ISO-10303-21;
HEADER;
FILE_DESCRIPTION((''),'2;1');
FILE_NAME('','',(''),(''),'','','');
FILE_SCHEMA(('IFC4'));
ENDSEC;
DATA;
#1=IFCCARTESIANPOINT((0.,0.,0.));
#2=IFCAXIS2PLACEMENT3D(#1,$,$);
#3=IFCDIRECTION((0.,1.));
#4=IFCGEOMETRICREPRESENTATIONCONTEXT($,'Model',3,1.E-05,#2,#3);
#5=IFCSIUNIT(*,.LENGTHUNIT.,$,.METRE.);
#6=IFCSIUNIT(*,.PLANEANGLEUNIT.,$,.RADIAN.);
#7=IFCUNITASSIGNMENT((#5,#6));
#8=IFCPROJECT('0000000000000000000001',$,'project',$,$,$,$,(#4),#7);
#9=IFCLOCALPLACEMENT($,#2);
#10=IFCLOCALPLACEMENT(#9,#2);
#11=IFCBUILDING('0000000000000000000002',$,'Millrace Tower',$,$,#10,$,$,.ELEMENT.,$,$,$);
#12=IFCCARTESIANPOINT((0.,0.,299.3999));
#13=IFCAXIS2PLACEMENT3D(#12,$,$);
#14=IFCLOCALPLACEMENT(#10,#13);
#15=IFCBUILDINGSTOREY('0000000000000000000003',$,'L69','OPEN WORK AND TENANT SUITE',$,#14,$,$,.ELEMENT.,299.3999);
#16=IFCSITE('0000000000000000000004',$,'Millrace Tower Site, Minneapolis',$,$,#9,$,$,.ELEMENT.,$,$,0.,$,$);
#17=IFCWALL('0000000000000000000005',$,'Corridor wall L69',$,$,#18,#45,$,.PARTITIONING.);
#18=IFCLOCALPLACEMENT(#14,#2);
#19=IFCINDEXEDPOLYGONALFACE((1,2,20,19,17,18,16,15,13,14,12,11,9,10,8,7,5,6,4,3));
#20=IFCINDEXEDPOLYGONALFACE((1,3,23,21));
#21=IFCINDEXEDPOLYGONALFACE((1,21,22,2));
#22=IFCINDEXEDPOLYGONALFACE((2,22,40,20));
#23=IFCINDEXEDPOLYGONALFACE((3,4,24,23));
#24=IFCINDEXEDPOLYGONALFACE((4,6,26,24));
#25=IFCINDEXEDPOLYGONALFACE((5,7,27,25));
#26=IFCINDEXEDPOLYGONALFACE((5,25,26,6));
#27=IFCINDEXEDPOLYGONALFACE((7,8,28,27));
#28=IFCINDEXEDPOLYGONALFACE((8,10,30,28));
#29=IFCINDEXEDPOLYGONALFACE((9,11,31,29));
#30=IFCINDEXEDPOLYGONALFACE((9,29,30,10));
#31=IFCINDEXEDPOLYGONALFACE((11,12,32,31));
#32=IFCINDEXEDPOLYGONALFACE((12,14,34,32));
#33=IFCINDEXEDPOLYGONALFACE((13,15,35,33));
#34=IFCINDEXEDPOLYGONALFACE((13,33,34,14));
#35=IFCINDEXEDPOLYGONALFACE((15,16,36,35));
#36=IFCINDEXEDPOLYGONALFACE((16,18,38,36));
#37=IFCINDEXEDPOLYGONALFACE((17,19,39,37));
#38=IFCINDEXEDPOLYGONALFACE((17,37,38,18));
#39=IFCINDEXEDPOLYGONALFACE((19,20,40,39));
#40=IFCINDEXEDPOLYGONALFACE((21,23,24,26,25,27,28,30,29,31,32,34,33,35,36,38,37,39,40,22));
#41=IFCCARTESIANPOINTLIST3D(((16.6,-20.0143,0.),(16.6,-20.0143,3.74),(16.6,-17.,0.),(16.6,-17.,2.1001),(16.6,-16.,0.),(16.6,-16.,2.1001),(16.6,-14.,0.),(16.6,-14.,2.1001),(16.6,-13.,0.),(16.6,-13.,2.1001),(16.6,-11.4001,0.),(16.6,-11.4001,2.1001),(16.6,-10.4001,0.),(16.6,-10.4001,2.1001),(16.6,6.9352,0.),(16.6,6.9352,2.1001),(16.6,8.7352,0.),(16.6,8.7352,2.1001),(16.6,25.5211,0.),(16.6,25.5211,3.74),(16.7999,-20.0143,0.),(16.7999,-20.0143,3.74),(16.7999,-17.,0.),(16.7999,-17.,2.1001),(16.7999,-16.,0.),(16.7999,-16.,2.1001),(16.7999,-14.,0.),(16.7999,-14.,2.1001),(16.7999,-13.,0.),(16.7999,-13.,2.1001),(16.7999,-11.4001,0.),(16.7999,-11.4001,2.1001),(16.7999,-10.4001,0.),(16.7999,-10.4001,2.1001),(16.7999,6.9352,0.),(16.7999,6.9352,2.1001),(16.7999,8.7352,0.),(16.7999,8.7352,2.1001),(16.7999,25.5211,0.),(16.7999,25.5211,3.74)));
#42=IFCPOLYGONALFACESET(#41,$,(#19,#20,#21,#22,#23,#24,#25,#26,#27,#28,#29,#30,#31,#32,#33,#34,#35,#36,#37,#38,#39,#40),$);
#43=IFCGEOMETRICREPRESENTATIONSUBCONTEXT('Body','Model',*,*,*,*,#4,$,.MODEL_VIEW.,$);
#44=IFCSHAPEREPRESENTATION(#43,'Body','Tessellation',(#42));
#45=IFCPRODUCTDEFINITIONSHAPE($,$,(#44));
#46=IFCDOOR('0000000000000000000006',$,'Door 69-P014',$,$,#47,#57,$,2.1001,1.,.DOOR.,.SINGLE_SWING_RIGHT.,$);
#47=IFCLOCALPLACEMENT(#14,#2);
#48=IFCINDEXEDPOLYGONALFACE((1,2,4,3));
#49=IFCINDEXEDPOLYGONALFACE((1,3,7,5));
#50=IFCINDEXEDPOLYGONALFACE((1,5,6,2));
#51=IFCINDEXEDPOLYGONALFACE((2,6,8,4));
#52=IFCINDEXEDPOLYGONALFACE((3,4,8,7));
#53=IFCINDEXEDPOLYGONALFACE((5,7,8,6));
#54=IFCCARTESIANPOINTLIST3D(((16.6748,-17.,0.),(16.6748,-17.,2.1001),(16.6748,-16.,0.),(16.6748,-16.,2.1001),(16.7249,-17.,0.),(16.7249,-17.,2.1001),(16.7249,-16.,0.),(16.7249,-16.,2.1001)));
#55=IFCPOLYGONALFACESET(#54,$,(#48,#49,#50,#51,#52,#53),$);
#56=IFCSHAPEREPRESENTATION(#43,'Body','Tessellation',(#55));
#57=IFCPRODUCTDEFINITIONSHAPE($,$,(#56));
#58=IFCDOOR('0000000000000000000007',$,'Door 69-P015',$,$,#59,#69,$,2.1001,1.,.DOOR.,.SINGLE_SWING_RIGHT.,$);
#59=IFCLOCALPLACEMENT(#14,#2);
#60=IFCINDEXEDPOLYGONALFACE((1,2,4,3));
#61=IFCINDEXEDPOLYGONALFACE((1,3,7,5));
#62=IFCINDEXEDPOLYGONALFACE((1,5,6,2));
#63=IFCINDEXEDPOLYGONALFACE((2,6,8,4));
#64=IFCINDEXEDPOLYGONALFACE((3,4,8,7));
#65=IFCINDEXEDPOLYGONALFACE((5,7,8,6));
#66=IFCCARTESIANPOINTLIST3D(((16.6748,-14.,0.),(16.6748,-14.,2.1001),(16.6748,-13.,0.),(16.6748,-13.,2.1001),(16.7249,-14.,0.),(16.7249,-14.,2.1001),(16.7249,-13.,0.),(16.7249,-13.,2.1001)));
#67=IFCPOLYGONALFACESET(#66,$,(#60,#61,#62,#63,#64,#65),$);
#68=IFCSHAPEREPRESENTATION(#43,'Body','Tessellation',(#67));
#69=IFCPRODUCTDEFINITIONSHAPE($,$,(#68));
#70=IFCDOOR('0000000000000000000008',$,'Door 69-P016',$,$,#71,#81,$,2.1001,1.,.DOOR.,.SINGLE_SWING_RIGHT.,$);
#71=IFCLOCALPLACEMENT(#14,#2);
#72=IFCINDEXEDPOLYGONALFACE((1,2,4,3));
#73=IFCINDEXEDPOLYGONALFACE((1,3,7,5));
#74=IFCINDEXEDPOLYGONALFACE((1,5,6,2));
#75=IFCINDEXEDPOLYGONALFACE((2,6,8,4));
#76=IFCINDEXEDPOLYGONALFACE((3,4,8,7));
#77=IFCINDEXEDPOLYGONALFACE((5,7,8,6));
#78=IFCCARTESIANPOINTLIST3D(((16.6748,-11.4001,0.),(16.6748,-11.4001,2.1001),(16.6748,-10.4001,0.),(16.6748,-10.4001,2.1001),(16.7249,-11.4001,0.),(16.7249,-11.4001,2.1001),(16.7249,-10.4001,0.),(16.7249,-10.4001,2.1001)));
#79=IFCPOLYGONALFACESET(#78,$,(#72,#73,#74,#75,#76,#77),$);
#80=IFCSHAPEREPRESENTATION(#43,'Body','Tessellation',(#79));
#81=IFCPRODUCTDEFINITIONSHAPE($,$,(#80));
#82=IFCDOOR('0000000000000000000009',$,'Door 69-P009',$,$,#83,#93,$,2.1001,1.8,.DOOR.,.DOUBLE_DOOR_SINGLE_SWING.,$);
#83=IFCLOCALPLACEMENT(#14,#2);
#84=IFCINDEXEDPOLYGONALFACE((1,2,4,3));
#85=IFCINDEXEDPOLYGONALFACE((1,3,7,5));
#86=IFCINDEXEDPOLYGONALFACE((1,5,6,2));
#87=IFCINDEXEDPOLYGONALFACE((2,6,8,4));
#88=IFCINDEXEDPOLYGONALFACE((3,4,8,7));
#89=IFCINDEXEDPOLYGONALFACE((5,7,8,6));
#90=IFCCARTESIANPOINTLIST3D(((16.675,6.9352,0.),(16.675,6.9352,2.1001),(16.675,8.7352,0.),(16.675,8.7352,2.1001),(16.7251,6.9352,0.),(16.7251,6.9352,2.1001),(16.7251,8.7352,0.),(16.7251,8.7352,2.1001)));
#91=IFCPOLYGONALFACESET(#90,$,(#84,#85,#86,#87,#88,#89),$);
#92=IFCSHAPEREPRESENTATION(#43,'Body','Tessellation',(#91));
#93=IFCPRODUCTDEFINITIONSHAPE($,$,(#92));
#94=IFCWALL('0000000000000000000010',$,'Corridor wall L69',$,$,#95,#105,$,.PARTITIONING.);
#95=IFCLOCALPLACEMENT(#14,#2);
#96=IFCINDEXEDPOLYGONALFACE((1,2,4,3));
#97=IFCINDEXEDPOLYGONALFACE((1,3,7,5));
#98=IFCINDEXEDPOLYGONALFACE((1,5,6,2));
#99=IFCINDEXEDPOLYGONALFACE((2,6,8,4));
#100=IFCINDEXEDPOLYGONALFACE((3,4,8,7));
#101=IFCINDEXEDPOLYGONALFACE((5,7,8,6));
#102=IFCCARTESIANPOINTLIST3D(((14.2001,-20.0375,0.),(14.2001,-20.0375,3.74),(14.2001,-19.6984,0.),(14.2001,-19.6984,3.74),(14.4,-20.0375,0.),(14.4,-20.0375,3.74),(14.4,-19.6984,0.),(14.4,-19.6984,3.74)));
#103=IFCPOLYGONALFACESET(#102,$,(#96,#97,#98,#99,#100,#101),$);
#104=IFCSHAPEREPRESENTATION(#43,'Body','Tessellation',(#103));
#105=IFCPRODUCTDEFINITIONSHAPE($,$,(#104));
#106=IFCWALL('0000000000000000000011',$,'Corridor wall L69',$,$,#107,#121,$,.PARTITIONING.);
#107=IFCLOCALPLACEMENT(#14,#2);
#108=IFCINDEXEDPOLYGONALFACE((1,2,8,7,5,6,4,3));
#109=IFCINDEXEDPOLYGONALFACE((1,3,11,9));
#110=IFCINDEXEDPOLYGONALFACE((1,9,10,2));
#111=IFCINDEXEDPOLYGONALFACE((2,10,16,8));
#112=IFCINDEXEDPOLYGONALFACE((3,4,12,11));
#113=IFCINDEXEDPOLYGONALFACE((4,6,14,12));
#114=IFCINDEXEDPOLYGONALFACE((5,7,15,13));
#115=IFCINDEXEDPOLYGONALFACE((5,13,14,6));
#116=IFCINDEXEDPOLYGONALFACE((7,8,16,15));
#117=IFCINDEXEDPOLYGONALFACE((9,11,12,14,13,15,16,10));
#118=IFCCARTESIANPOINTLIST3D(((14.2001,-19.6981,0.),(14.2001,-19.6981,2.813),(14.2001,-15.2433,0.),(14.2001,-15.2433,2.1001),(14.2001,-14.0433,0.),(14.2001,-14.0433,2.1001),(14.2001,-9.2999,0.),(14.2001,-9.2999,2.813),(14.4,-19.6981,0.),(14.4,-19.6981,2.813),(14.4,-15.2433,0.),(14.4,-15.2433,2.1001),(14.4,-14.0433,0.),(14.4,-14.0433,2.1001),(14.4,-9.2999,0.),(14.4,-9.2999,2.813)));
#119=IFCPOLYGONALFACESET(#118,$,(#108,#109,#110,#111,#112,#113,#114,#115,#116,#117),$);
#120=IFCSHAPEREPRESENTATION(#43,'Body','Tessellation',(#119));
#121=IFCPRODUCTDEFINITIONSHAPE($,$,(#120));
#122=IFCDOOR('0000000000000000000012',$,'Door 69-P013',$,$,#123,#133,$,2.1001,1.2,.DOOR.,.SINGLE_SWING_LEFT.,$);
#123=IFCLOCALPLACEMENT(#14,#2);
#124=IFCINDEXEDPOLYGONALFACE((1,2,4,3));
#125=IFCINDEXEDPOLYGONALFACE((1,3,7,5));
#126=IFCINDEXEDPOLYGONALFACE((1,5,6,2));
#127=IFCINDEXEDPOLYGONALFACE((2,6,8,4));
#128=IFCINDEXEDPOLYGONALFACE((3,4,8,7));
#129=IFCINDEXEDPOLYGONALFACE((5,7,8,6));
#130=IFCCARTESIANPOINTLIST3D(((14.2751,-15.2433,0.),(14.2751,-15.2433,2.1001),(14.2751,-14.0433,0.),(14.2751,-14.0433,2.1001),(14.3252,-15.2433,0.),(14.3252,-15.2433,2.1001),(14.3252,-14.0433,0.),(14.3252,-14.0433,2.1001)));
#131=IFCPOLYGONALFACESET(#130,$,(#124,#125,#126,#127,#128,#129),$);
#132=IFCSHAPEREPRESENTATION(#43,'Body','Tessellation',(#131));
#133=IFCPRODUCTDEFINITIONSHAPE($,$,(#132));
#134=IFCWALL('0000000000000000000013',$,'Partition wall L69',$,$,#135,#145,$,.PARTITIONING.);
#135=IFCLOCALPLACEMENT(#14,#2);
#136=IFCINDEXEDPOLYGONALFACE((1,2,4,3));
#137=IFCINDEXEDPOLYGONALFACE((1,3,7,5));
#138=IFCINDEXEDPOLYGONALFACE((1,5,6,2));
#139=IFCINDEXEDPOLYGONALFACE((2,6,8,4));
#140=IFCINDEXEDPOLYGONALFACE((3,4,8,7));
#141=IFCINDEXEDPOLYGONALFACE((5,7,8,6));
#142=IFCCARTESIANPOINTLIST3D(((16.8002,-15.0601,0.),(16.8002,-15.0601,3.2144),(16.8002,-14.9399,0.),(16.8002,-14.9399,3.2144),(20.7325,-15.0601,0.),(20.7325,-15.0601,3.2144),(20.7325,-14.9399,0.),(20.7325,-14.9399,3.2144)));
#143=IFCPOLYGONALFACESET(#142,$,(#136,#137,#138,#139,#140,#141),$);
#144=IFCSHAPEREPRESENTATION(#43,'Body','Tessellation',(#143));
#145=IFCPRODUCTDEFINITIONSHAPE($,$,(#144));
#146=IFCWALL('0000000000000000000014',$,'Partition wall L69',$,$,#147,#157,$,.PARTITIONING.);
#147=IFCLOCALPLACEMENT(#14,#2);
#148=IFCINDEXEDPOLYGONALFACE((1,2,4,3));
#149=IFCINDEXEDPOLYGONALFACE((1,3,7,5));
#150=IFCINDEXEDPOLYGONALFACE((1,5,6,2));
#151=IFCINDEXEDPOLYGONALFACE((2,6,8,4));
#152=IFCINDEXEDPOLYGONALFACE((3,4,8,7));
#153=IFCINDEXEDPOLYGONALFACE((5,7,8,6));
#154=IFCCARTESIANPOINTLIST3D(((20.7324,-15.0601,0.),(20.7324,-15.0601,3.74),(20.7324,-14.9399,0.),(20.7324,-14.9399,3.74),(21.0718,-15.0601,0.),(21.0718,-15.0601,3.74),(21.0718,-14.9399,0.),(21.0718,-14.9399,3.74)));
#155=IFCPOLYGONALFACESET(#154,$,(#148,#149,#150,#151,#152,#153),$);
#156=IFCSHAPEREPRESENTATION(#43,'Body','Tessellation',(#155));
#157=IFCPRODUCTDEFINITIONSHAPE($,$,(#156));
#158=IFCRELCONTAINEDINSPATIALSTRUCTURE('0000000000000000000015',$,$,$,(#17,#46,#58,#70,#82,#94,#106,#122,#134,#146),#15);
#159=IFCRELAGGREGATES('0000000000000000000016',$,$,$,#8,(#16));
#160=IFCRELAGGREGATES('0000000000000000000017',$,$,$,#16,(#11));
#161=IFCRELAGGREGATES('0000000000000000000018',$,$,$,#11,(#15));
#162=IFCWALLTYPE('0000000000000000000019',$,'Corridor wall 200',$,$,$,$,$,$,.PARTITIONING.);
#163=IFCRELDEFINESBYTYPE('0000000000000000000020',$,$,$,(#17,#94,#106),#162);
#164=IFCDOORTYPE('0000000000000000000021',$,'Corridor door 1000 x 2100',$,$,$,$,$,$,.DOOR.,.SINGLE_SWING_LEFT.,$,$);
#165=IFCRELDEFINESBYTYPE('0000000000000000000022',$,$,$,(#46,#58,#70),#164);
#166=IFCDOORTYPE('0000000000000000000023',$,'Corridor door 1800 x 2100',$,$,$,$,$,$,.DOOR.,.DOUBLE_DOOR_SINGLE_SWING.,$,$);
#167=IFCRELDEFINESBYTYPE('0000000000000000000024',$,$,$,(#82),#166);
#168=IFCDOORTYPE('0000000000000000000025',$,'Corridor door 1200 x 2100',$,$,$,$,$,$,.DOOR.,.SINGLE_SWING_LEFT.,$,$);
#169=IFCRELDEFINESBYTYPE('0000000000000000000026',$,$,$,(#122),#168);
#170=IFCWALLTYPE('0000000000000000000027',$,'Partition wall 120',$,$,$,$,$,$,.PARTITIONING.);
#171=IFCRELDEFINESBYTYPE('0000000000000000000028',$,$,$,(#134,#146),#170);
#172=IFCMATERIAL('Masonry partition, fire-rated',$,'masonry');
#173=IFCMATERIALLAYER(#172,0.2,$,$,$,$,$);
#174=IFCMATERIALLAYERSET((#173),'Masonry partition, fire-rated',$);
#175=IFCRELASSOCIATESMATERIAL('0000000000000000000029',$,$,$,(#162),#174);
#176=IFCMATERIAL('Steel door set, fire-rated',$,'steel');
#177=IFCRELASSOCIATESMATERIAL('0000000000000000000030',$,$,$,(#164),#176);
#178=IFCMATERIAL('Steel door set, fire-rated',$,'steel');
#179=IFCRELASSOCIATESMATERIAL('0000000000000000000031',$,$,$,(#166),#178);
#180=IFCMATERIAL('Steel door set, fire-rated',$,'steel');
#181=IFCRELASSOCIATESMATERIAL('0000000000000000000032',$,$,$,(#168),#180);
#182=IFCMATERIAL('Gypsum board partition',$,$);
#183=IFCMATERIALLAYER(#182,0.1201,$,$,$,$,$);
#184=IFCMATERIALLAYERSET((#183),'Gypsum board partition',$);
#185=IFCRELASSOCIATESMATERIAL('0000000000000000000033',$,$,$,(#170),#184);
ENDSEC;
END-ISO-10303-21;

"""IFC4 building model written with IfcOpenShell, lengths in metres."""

from ifc_helpers import new_model, si_unit, direction, frame, frame_2d, origin, place, context, subcontext, project, spatial, rectangle, extrude, material, layer, layer_set, type_object, element, fill, save


model = new_model("IFC4")

# Units and contexts
model_context = context("Model", 3, precision=1e-05, world=origin(), true_north=direction((0.0, 1.0)))
body_context = subcontext(model_context, "Body", "Model", "MODEL_VIEW")
ifc_project = project(units=[si_unit("LENGTHUNIT", "METRE"), si_unit("PLANEANGLEUNIT", "RADIAN")], contexts=[model_context])

# Site, building, storey
site_placement = place(None, origin())
site = spatial("IfcSite", under=ifc_project, at=site_placement, Name="Millrace Tower Site, Minneapolis", CompositionType="ELEMENT", RefElevation=0.0)
building_placement = place(site_placement, origin())
building = spatial("IfcBuilding", under=site, at=building_placement, Name="Millrace Tower", CompositionType="ELEMENT")
storey_placement = place(building_placement, frame((0.0, 0.0, 299.3999)))
storey = spatial("IfcBuildingStorey", under=building, at=storey_placement, Name="L69", Description="OPEN WORK AND TENANT SUITE", CompositionType="ELEMENT", Elevation=299.3999)

# Wall, openings, doors
ifc_material_1 = material(Name="Masonry partition, fire-rated", Category="masonry")
ifc_layer_1 = layer(ifc_material_1, 0.2)
ifc_layer_set_1 = layer_set([ifc_layer_1], Name="Masonry partition, fire-rated")
wall_type_1 = type_object("IfcWallType", Name="Corridor wall 200", PredefinedType="PARTITIONING", material=ifc_layer_set_1)
wall_1_placement = place(storey_placement, frame((16.7, -20.0142, 0.0), z_axis=(0.0, 0.0, 1.0), x_axis=(0.0, 1.0, 0.0)))
wall_1 = element("IfcWall", 1, at=wall_1_placement, inside=storey, type_object=wall_type_1, Name="Corridor wall L69", PredefinedType="PARTITIONING", context=body_context, shape_type="SweptSolid", body=[
    extrude(rectangle(XDim=45.5354, YDim=0.2, at=frame_2d((22.7676, 0.0))), origin(), (0.0, 0.0, 1.0), 3.74),
])
opening_1_placement = place(wall_1_placement, frame((26.9495, 0.0, 0.0)))
opening_1 = element("IfcOpeningElement", 2, at=opening_1_placement, cuts=wall_1, PredefinedType="OPENING", context=body_context, shape_type="SweptSolid", body=[
    extrude(rectangle(XDim=1.8, YDim=2.1001, at=frame_2d((0.8999, 1.05))), frame((0.0, 0.1099, 0.0), z_axis=(0.0, -1.0, 0.0), x_axis=(1.0, 0.0, 0.0)), (0.0, 0.0, 1.0), 0.22),
])
opening_2_placement = place(wall_1_placement, frame((3.0142, 0.0, 0.0)))
opening_2 = element("IfcOpeningElement", 3, at=opening_2_placement, cuts=wall_1, PredefinedType="OPENING", context=body_context, shape_type="SweptSolid", body=[
    extrude(rectangle(XDim=1.0, YDim=2.1001, at=frame_2d((0.5, 1.05))), frame((0.0, 0.1099, 0.0), z_axis=(0.0, -1.0, 0.0), x_axis=(1.0, 0.0, 0.0)), (0.0, 0.0, 1.0), 0.22),
])
opening_3_placement = place(wall_1_placement, frame((6.0142, 0.0, 0.0)))
opening_3 = element("IfcOpeningElement", 4, at=opening_3_placement, cuts=wall_1, PredefinedType="OPENING", context=body_context, shape_type="SweptSolid", body=[
    extrude(rectangle(XDim=1.0, YDim=2.1001, at=frame_2d((0.5, 1.05))), frame((0.0, 0.1099, 0.0), z_axis=(0.0, -1.0, 0.0), x_axis=(1.0, 0.0, 0.0)), (0.0, 0.0, 1.0), 0.22),
])
opening_4_placement = place(wall_1_placement, frame((8.614, 0.0, 0.0)))
opening_4 = element("IfcOpeningElement", 5, at=opening_4_placement, cuts=wall_1, PredefinedType="OPENING", context=body_context, shape_type="SweptSolid", body=[
    extrude(rectangle(XDim=1.0, YDim=2.1001, at=frame_2d((0.5, 1.05))), frame((0.0, 0.1099, 0.0), z_axis=(0.0, -1.0, 0.0), x_axis=(1.0, 0.0, 0.0)), (0.0, 0.0, 1.0), 0.22),
])
ifc_material_2 = material(Name="Steel door set, fire-rated", Category="steel")
door_type_1 = type_object("IfcDoorType", Name="Corridor door 1000 x 2100", OperationType="SINGLE_SWING_LEFT", PredefinedType="DOOR", material=ifc_material_2)
door_1_placement = place(opening_2_placement, frame((1.0, 0.0, 0.0), z_axis=(0.0, 0.0, 1.0), x_axis=(-1.0, 0.0, 0.0)))
door_1 = element("IfcDoor", 6, at=door_1_placement, inside=storey, type_object=door_type_1, Name="Door 69-P014", OperationType="SINGLE_SWING_RIGHT", OverallHeight=2.1001, OverallWidth=1.0, PredefinedType="DOOR", context=body_context, shape_type="SweptSolid", body=[
    extrude(rectangle(XDim=1.0, YDim=2.1001, at=frame_2d((0.5, 1.05))), frame((0.0, 0.0249, 0.0), z_axis=(0.0, -1.0, 0.0), x_axis=(1.0, 0.0, 0.0)), (0.0, 0.0, 1.0), 0.05),
])
fill(opening_2, door_1)
door_2_placement = place(opening_3_placement, frame((1.0, 0.0, 0.0), z_axis=(0.0, 0.0, 1.0), x_axis=(-1.0, 0.0, 0.0)))
door_2 = element("IfcDoor", 7, at=door_2_placement, inside=storey, type_object=door_type_1, Name="Door 69-P015", OperationType="SINGLE_SWING_RIGHT", OverallHeight=2.1001, OverallWidth=1.0, PredefinedType="DOOR", context=body_context, shape_type="SweptSolid", body=[
    extrude(rectangle(XDim=1.0, YDim=2.1001, at=frame_2d((0.5, 1.05))), frame((0.0, 0.0249, 0.0), z_axis=(0.0, -1.0, 0.0), x_axis=(1.0, 0.0, 0.0)), (0.0, 0.0, 1.0), 0.05),
])
fill(opening_3, door_2)
door_3_placement = place(opening_4_placement, frame((1.0, 0.0, 0.0), z_axis=(0.0, 0.0, 1.0), x_axis=(-1.0, 0.0, 0.0)))
door_3 = element("IfcDoor", 8, at=door_3_placement, inside=storey, type_object=door_type_1, Name="Door 69-P016", OperationType="SINGLE_SWING_RIGHT", OverallHeight=2.1001, OverallWidth=1.0, PredefinedType="DOOR", context=body_context, shape_type="SweptSolid", body=[
    extrude(rectangle(XDim=1.0, YDim=2.1001, at=frame_2d((0.5, 1.05))), frame((0.0, 0.0249, 0.0), z_axis=(0.0, -1.0, 0.0), x_axis=(1.0, 0.0, 0.0)), (0.0, 0.0, 1.0), 0.05),
])
fill(opening_4, door_3)
ifc_material_3 = material(Name="Steel door set, fire-rated", Category="steel")
door_type_2 = type_object("IfcDoorType", Name="Corridor door 1800 x 2100", OperationType="DOUBLE_DOOR_SINGLE_SWING", PredefinedType="DOOR", material=ifc_material_3)
door_4_placement = place(opening_1_placement, origin())
door_4 = element("IfcDoor", 9, at=door_4_placement, inside=storey, type_object=door_type_2, Name="Door 69-P009", OperationType="DOUBLE_DOOR_SINGLE_SWING", OverallHeight=2.1001, OverallWidth=1.8, PredefinedType="DOOR", context=body_context, shape_type="SweptSolid", body=[
    extrude(rectangle(XDim=1.8, YDim=2.1001, at=frame_2d((0.8999, 1.05))), frame((0.0, 0.0249, 0.0), z_axis=(0.0, -1.0, 0.0), x_axis=(1.0, 0.0, 0.0)), (0.0, 0.0, 1.0), 0.05),
])
fill(opening_1, door_4)

# Wall
wall_2_placement = place(storey_placement, frame((14.3, -20.0374, 0.0), z_axis=(0.0, 0.0, 1.0), x_axis=(0.0, 1.0, 0.0)))
element("IfcWall", 10, at=wall_2_placement, inside=storey, type_object=wall_type_1, Name="Corridor wall L69", PredefinedType="PARTITIONING", context=body_context, shape_type="SweptSolid", body=[
    extrude(rectangle(XDim=0.3391, YDim=0.2, at=frame_2d((0.1694, 0.0))), origin(), (0.0, 0.0, 1.0), 3.74),
])

# Wall, opening, door
wall_3_placement = place(storey_placement, frame((14.3, -19.6982, 0.0), z_axis=(0.0, 0.0, 1.0), x_axis=(0.0, 1.0, 0.0)))
wall_3 = element("IfcWall", 11, at=wall_3_placement, inside=storey, type_object=wall_type_1, Name="Corridor wall L69", PredefinedType="PARTITIONING", context=body_context, shape_type="SweptSolid", body=[
    extrude(rectangle(XDim=10.3982, YDim=0.2, at=frame_2d((5.1992, 0.0))), origin(), (0.0, 0.0, 1.0), 2.813),
])
opening_5_placement = place(wall_3_placement, frame((4.4548, 0.0, 0.0)))
opening_5 = element("IfcOpeningElement", 12, at=opening_5_placement, cuts=wall_3, PredefinedType="OPENING", context=body_context, shape_type="SweptSolid", body=[
    extrude(rectangle(XDim=1.2, YDim=2.1001, at=frame_2d((0.6001, 1.05))), frame((0.0, 0.1099, 0.0), z_axis=(0.0, -1.0, 0.0), x_axis=(1.0, 0.0, 0.0)), (0.0, 0.0, 1.0), 0.22),
])
ifc_material_4 = material(Name="Steel door set, fire-rated", Category="steel")
door_type_3 = type_object("IfcDoorType", Name="Corridor door 1200 x 2100", OperationType="SINGLE_SWING_LEFT", PredefinedType="DOOR", material=ifc_material_4)
door_5_placement = place(opening_5_placement, origin())
door_5 = element("IfcDoor", 13, at=door_5_placement, inside=storey, type_object=door_type_3, Name="Door 69-P013", OperationType="SINGLE_SWING_LEFT", OverallHeight=2.1001, OverallWidth=1.2, PredefinedType="DOOR", context=body_context, shape_type="SweptSolid", body=[
    extrude(rectangle(XDim=1.2, YDim=2.1001, at=frame_2d((0.6001, 1.05))), frame((0.0, 0.0249, 0.0), z_axis=(0.0, -1.0, 0.0), x_axis=(1.0, 0.0, 0.0)), (0.0, 0.0, 1.0), 0.05),
])
fill(opening_5, door_5)

# Walls
ifc_material_5 = material(Name="Gypsum board partition")
ifc_layer_2 = layer(ifc_material_5, 0.1201)
ifc_layer_set_2 = layer_set([ifc_layer_2], Name="Gypsum board partition")
wall_type_2 = type_object("IfcWallType", Name="Partition wall 120", PredefinedType="PARTITIONING", material=ifc_layer_set_2)
wall_4_placement = place(storey_placement, frame((16.8, -15.0, 0.0), z_axis=(0.0, 0.0, 1.0), x_axis=(1.0, 0.0, 0.0)))
element("IfcWall", 14, at=wall_4_placement, inside=storey, type_object=wall_type_2, Name="Partition wall L69", PredefinedType="PARTITIONING", context=body_context, shape_type="SweptSolid", body=[
    extrude(rectangle(XDim=3.9324, YDim=0.1201, at=frame_2d((1.9663, 0.0))), origin(), (0.0, 0.0, 1.0), 3.2144),
])
wall_5_placement = place(storey_placement, frame((20.7324, -15.0, 0.0), z_axis=(0.0, 0.0, 1.0), x_axis=(1.0, 0.0, 0.0)))
element("IfcWall", 15, at=wall_5_placement, inside=storey, type_object=wall_type_2, Name="Partition wall L69", PredefinedType="PARTITIONING", context=body_context, shape_type="SweptSolid", body=[
    extrude(rectangle(XDim=0.3394, YDim=0.1201, at=frame_2d((0.1697, 0.0))), origin(), (0.0, 0.0, 1.0), 3.74),
])

save(model, "model.ifc")
